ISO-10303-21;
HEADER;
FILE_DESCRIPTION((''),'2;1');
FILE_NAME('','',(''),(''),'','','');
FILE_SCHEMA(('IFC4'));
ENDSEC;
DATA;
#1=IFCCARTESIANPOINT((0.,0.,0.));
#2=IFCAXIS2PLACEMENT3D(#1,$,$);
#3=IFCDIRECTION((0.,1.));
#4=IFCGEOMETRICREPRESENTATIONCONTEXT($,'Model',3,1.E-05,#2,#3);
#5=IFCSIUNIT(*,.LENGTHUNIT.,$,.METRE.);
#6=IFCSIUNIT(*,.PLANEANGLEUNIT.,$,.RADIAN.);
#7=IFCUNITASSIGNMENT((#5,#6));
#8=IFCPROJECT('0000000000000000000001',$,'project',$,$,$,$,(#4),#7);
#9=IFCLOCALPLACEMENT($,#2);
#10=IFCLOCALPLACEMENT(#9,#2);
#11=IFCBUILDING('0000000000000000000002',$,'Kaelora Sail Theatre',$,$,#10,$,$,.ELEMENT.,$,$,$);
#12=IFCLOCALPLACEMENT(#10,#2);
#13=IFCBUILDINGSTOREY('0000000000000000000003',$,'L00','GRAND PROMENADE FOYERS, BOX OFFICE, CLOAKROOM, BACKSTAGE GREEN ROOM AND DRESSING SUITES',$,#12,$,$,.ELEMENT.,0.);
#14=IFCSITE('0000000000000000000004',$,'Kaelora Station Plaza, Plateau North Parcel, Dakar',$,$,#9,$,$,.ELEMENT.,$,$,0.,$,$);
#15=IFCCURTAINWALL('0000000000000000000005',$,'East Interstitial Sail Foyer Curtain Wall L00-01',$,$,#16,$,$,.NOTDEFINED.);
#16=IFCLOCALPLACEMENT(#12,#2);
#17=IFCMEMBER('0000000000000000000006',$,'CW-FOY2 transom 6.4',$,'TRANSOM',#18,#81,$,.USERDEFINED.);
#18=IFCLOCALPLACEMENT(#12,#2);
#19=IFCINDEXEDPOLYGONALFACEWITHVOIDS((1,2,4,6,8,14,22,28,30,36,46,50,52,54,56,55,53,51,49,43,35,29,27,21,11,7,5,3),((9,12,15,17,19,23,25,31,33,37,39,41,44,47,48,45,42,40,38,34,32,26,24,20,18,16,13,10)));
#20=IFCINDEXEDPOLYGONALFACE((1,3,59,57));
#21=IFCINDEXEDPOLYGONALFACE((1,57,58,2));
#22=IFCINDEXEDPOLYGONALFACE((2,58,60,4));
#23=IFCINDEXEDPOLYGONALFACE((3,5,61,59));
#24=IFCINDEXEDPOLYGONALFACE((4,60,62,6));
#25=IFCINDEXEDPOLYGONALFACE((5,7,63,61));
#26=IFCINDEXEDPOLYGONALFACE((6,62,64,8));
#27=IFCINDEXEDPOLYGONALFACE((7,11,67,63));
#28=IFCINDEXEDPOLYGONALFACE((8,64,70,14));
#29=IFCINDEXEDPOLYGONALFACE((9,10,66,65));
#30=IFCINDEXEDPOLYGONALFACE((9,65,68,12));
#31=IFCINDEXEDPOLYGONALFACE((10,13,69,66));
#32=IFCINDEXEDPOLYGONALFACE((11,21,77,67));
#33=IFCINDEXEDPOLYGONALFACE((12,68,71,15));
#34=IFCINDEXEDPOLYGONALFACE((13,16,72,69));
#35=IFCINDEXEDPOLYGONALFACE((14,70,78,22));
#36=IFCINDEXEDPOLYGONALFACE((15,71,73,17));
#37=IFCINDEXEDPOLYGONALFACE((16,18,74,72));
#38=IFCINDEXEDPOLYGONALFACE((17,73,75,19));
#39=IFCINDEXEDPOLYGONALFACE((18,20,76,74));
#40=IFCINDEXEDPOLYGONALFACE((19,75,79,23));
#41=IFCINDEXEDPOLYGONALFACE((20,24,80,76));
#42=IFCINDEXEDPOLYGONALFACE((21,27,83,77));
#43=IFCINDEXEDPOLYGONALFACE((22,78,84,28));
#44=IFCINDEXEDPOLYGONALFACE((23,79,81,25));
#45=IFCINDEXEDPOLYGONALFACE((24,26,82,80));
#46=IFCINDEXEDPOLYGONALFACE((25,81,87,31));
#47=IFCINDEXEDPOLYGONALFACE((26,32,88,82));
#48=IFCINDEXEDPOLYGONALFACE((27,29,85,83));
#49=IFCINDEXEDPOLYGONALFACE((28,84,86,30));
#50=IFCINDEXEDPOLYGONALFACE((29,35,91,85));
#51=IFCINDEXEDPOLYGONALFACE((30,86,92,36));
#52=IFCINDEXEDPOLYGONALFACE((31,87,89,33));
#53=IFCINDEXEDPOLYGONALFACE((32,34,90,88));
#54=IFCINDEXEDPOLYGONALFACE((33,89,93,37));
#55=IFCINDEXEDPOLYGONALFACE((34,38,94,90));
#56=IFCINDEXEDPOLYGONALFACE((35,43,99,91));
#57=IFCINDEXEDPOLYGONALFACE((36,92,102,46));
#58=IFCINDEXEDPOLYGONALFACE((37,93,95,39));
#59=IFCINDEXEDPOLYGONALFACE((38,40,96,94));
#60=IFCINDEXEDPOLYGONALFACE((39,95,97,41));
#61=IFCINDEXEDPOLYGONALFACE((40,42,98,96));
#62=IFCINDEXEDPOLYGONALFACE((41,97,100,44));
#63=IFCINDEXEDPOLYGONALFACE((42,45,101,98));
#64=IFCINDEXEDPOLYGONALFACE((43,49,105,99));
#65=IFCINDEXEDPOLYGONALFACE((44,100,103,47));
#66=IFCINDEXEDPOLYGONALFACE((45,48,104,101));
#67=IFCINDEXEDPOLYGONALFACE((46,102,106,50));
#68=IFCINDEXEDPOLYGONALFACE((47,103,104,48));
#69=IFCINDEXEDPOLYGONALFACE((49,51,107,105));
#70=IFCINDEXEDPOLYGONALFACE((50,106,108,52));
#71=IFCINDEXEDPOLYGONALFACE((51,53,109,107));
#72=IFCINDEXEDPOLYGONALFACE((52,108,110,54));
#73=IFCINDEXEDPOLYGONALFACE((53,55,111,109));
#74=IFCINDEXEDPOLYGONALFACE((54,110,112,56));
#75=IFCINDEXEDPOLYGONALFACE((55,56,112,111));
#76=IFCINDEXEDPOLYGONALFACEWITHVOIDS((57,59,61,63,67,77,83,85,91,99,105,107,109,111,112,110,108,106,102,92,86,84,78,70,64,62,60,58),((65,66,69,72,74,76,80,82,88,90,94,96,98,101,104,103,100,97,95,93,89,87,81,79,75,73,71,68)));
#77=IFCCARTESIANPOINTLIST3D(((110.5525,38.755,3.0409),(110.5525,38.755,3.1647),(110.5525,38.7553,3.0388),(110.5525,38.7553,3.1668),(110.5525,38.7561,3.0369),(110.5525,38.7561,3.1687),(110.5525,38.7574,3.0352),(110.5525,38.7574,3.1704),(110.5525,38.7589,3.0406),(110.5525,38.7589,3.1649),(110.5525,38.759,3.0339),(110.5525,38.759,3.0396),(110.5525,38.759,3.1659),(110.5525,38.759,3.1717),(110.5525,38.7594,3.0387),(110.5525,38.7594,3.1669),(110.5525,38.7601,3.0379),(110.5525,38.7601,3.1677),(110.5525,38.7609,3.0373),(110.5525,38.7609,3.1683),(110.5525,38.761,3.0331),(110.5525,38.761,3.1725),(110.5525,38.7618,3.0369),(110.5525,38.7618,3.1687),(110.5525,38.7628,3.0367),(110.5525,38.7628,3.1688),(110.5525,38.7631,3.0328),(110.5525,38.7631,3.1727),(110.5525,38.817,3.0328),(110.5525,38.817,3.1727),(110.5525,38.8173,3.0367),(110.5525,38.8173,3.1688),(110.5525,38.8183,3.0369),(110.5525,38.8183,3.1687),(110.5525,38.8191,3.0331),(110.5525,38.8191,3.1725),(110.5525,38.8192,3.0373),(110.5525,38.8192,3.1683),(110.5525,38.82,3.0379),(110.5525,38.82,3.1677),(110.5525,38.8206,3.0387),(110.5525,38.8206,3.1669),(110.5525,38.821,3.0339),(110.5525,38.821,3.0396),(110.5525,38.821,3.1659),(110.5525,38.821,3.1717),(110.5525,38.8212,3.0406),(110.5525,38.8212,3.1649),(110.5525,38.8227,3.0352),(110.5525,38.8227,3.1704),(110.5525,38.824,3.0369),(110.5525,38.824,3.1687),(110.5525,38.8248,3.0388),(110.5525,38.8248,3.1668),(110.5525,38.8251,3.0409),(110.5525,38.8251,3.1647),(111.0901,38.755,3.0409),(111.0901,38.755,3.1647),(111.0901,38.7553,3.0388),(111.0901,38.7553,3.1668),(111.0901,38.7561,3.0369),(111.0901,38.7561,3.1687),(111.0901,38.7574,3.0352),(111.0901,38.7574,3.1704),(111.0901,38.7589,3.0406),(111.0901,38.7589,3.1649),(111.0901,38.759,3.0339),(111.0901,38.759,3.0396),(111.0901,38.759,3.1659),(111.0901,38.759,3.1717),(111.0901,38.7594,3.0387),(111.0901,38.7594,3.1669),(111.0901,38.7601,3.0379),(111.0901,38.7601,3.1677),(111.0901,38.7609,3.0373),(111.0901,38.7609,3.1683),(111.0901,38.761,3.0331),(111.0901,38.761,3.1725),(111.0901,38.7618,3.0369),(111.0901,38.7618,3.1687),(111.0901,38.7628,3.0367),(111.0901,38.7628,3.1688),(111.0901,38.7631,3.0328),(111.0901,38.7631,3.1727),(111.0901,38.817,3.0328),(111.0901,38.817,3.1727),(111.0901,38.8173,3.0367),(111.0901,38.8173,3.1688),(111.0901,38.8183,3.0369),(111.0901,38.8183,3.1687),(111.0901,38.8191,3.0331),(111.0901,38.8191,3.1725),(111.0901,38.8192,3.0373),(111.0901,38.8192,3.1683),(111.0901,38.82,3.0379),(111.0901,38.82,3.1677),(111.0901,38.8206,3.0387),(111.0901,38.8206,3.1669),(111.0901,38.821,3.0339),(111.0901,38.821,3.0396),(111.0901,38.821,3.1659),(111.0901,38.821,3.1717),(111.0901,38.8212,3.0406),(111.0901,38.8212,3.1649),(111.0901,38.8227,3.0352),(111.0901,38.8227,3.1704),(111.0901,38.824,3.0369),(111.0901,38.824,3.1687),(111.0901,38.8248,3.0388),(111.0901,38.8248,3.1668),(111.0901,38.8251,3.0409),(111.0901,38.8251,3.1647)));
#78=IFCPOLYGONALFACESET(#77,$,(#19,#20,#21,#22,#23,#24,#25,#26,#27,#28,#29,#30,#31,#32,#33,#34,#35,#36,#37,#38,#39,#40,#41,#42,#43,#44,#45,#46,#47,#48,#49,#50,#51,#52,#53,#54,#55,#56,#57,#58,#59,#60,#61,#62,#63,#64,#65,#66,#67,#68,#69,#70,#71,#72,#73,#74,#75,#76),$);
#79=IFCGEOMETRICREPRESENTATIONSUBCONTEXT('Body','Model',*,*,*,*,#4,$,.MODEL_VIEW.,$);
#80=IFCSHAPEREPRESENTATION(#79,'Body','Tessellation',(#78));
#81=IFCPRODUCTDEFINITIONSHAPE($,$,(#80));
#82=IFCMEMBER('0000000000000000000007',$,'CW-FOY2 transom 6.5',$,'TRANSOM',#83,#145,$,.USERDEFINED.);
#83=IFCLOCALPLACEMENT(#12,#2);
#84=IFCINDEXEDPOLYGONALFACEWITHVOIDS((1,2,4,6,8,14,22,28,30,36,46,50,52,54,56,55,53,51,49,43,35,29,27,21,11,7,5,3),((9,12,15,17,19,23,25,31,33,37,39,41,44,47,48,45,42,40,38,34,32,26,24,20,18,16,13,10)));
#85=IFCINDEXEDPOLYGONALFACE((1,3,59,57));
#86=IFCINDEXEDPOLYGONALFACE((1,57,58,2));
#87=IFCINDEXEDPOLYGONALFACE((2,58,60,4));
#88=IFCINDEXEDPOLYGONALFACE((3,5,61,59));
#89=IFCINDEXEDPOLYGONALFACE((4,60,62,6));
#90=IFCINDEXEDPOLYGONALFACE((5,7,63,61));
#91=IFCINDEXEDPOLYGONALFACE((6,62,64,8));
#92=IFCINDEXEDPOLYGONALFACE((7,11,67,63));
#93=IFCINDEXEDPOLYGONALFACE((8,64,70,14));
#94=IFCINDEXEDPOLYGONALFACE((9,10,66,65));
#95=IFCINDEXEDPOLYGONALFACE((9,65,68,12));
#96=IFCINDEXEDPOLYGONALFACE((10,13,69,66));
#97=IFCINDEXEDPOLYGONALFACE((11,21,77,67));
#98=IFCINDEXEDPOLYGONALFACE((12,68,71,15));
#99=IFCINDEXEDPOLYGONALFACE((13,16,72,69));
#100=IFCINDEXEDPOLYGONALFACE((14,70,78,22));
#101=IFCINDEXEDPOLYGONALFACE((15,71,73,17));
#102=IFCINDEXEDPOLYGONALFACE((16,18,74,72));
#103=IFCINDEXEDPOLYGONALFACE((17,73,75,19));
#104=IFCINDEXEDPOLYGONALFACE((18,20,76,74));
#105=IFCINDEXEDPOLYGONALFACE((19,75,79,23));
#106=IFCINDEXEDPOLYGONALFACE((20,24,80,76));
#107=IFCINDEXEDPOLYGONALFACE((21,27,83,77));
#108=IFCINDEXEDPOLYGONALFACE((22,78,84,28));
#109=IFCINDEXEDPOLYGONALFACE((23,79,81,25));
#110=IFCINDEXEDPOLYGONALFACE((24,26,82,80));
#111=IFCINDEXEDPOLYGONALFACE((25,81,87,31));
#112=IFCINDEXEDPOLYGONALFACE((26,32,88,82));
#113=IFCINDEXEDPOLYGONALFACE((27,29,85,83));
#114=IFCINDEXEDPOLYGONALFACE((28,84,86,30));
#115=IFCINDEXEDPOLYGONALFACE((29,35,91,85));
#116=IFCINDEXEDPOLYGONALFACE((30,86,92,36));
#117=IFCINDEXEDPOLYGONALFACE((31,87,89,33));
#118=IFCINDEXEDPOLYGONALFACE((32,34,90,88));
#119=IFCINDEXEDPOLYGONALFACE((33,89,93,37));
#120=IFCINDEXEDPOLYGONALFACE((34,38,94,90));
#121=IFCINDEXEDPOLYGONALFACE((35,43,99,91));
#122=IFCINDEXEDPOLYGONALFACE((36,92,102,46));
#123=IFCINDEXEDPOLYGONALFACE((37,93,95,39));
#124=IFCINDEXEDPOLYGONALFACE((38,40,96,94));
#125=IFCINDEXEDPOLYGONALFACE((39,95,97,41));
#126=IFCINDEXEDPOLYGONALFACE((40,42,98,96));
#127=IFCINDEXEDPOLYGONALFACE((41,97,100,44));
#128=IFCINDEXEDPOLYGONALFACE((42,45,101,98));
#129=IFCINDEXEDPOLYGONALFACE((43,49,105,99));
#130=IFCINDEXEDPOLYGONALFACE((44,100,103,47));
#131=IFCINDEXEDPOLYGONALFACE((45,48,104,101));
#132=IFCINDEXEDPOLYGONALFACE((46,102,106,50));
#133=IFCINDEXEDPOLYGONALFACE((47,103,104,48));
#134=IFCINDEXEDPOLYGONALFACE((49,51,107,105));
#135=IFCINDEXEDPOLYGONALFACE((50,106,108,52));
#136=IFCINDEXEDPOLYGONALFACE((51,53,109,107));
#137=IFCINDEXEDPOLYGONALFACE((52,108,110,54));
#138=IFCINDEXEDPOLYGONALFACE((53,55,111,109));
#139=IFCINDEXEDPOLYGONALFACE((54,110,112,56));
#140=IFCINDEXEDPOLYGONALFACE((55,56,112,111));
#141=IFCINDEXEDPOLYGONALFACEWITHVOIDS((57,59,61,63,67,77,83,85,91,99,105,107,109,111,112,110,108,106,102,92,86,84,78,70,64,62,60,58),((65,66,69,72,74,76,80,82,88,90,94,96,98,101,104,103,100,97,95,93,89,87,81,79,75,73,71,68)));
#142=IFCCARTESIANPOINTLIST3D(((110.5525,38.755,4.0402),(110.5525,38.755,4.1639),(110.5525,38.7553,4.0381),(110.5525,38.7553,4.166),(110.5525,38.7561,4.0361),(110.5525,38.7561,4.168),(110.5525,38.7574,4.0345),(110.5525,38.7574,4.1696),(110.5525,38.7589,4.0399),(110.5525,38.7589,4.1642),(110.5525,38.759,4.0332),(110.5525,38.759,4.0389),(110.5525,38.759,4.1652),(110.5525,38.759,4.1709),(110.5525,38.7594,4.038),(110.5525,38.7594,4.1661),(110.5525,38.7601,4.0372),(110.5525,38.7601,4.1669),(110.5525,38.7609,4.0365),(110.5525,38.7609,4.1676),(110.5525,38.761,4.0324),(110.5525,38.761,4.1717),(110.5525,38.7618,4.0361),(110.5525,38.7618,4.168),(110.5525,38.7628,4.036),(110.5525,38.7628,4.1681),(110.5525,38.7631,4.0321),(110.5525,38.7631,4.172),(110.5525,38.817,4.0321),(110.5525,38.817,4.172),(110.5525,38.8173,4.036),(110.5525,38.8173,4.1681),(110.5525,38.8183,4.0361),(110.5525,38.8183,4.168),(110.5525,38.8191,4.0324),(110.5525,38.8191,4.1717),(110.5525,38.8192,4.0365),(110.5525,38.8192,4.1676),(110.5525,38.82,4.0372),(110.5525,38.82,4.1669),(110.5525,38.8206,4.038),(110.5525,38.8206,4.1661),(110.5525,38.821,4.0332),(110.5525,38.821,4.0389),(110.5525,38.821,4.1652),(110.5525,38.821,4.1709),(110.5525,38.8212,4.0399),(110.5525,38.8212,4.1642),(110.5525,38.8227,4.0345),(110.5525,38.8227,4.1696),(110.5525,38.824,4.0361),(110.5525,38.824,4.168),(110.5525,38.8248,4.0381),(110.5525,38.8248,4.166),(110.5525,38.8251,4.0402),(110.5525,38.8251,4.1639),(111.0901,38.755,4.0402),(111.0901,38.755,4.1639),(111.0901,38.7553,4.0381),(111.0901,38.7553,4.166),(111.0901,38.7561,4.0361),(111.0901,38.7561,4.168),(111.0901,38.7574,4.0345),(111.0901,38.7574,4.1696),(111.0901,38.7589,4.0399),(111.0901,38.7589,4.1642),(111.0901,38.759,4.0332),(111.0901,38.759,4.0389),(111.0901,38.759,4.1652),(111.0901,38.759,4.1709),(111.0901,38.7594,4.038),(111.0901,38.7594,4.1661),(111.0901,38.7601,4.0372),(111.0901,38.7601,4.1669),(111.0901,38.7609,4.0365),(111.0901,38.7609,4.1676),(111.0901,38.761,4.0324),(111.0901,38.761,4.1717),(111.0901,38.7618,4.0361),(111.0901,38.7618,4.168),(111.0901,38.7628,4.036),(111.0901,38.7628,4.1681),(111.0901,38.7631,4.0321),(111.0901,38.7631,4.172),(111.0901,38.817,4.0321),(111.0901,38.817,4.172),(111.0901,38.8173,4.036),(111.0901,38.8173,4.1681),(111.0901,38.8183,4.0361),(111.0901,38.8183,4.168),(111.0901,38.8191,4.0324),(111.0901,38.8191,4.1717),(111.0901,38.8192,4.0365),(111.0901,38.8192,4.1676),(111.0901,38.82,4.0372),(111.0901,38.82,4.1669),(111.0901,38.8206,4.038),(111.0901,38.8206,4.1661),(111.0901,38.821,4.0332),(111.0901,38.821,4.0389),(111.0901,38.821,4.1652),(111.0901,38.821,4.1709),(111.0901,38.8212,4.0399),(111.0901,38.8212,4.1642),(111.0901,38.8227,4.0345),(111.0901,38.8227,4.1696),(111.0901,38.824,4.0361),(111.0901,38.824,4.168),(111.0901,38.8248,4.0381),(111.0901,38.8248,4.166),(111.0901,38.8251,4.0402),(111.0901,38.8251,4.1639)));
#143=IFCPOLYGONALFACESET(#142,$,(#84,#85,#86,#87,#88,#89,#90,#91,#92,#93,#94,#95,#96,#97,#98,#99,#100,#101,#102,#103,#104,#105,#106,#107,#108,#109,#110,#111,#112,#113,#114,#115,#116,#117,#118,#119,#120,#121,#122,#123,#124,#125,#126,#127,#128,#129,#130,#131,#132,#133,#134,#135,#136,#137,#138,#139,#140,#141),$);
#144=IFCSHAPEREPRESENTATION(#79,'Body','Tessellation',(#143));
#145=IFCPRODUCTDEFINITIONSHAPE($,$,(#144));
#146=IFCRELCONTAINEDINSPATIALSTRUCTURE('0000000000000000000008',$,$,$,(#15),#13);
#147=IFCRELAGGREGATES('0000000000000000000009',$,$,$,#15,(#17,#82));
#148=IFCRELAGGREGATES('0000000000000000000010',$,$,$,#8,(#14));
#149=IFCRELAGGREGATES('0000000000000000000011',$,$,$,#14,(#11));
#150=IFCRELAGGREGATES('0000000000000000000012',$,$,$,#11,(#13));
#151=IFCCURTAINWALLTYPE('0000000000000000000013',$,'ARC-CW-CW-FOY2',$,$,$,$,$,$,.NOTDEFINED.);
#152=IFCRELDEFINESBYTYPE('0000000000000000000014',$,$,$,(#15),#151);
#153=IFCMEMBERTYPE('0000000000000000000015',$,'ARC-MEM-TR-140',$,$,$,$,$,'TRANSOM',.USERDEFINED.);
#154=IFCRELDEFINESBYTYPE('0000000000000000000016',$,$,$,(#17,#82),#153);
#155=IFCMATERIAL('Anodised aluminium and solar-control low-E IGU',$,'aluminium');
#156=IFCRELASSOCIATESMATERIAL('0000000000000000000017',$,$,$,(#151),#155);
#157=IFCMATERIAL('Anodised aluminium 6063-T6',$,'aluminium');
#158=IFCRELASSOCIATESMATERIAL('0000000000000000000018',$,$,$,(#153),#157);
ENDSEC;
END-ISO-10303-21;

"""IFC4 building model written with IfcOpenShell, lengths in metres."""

from ifc_helpers import new_model, si_unit, direction, frame, origin, origin_2d, place, context, subcontext, project, spatial, hollow_rectangle, extrude, material, material_profile, profile_set, type_object, element, aggregate, save


model = new_model("IFC4")

# Units and contexts
model_context = context("Model", 3, precision=1e-05, world=origin(), true_north=direction((0.0, 1.0)))
body_context = subcontext(model_context, "Body", "Model", "MODEL_VIEW")
ifc_project = project(units=[si_unit("LENGTHUNIT", "METRE"), si_unit("PLANEANGLEUNIT", "RADIAN")], contexts=[model_context])

# Site, building, storey
site_placement = place(None, origin())
site = spatial("IfcSite", under=ifc_project, at=site_placement, Name="Kaelora Station Plaza, Plateau North Parcel, Dakar", CompositionType="ELEMENT", RefElevation=0.0)
building_placement = place(site_placement, origin())
building = spatial("IfcBuilding", under=site, at=building_placement, Name="Kaelora Sail Theatre", CompositionType="ELEMENT")
storey_placement = place(building_placement, origin())
storey = spatial("IfcBuildingStorey", under=building, at=storey_placement, Name="L00", Description="GRAND PROMENADE FOYERS, BOX OFFICE, CLOAKROOM, BACKSTAGE GREEN ROOM AND DRESSING SUITES", CompositionType="ELEMENT", Elevation=0.0)

# Curtain wall, members
ifc_material_1 = material(Name="Anodised aluminium and solar-control low-E IGU", Category="aluminium")
curtain_wall_type = type_object("IfcCurtainWallType", Name="ARC-CW-CW-FOY2", PredefinedType="NOTDEFINED", material=ifc_material_1)
curtain_wall_1_placement = place(storey_placement, origin())
curtain_wall_1 = element("IfcCurtainWall", 1, at=curtain_wall_1_placement, inside=storey, type_object=curtain_wall_type, Name="East Interstitial Sail Foyer Curtain Wall L00-01", PredefinedType="NOTDEFINED")
ifc_material_2 = material(Name="Anodised aluminium 6063-T6", Category="aluminium")
ifc_material_profile = material_profile(ifc_material_2, hollow_rectangle(XDim=0.0701, YDim=0.1399, WallThickness=0.0039, InnerFilletRadius=0.0039, OuterFilletRadius=0.0081, at=origin_2d()), Name="ALU-TRAN 70x140x4")
ifc_profile_set = profile_set([ifc_material_profile], Name="Anodised aluminium 6063-T6")
member_type = type_object("IfcMemberType", Name="ARC-MEM-TR-140", ElementType="TRANSOM", PredefinedType="USERDEFINED", material=ifc_profile_set)
member_1_placement = place(storey_placement, frame((110.5525, 38.79, 3.1028), z_axis=(1.0, 0.0, 0.0), x_axis=(0.0, 1.0, 0.0)))
member_1 = element("IfcMember", 2, at=member_1_placement, type_object=member_type, Name="CW-FOY2 transom 6.4", ObjectType="TRANSOM", PredefinedType="USERDEFINED", context=body_context, shape_type="SweptSolid", body=[
    extrude(hollow_rectangle(XDim=0.0701, YDim=0.1399, WallThickness=0.0039, InnerFilletRadius=0.0039, OuterFilletRadius=0.0081, at=origin_2d()), origin(), (0.0, 0.0, 1.0), 0.5376),
])
member_2_placement = place(storey_placement, frame((110.5525, 38.79, 4.1021), z_axis=(1.0, 0.0, 0.0), x_axis=(0.0, 1.0, 0.0)))
member_2 = element("IfcMember", 3, at=member_2_placement, type_object=member_type, Name="CW-FOY2 transom 6.5", ObjectType="TRANSOM", PredefinedType="USERDEFINED", context=body_context, shape_type="SweptSolid", body=[
    extrude(hollow_rectangle(XDim=0.0701, YDim=0.1399, WallThickness=0.0039, InnerFilletRadius=0.0039, OuterFilletRadius=0.0081, at=origin_2d()), origin(), (0.0, 0.0, 1.0), 0.5376),
])

aggregate(curtain_wall_1, [member_1, member_2])

save(model, "model.ifc")
